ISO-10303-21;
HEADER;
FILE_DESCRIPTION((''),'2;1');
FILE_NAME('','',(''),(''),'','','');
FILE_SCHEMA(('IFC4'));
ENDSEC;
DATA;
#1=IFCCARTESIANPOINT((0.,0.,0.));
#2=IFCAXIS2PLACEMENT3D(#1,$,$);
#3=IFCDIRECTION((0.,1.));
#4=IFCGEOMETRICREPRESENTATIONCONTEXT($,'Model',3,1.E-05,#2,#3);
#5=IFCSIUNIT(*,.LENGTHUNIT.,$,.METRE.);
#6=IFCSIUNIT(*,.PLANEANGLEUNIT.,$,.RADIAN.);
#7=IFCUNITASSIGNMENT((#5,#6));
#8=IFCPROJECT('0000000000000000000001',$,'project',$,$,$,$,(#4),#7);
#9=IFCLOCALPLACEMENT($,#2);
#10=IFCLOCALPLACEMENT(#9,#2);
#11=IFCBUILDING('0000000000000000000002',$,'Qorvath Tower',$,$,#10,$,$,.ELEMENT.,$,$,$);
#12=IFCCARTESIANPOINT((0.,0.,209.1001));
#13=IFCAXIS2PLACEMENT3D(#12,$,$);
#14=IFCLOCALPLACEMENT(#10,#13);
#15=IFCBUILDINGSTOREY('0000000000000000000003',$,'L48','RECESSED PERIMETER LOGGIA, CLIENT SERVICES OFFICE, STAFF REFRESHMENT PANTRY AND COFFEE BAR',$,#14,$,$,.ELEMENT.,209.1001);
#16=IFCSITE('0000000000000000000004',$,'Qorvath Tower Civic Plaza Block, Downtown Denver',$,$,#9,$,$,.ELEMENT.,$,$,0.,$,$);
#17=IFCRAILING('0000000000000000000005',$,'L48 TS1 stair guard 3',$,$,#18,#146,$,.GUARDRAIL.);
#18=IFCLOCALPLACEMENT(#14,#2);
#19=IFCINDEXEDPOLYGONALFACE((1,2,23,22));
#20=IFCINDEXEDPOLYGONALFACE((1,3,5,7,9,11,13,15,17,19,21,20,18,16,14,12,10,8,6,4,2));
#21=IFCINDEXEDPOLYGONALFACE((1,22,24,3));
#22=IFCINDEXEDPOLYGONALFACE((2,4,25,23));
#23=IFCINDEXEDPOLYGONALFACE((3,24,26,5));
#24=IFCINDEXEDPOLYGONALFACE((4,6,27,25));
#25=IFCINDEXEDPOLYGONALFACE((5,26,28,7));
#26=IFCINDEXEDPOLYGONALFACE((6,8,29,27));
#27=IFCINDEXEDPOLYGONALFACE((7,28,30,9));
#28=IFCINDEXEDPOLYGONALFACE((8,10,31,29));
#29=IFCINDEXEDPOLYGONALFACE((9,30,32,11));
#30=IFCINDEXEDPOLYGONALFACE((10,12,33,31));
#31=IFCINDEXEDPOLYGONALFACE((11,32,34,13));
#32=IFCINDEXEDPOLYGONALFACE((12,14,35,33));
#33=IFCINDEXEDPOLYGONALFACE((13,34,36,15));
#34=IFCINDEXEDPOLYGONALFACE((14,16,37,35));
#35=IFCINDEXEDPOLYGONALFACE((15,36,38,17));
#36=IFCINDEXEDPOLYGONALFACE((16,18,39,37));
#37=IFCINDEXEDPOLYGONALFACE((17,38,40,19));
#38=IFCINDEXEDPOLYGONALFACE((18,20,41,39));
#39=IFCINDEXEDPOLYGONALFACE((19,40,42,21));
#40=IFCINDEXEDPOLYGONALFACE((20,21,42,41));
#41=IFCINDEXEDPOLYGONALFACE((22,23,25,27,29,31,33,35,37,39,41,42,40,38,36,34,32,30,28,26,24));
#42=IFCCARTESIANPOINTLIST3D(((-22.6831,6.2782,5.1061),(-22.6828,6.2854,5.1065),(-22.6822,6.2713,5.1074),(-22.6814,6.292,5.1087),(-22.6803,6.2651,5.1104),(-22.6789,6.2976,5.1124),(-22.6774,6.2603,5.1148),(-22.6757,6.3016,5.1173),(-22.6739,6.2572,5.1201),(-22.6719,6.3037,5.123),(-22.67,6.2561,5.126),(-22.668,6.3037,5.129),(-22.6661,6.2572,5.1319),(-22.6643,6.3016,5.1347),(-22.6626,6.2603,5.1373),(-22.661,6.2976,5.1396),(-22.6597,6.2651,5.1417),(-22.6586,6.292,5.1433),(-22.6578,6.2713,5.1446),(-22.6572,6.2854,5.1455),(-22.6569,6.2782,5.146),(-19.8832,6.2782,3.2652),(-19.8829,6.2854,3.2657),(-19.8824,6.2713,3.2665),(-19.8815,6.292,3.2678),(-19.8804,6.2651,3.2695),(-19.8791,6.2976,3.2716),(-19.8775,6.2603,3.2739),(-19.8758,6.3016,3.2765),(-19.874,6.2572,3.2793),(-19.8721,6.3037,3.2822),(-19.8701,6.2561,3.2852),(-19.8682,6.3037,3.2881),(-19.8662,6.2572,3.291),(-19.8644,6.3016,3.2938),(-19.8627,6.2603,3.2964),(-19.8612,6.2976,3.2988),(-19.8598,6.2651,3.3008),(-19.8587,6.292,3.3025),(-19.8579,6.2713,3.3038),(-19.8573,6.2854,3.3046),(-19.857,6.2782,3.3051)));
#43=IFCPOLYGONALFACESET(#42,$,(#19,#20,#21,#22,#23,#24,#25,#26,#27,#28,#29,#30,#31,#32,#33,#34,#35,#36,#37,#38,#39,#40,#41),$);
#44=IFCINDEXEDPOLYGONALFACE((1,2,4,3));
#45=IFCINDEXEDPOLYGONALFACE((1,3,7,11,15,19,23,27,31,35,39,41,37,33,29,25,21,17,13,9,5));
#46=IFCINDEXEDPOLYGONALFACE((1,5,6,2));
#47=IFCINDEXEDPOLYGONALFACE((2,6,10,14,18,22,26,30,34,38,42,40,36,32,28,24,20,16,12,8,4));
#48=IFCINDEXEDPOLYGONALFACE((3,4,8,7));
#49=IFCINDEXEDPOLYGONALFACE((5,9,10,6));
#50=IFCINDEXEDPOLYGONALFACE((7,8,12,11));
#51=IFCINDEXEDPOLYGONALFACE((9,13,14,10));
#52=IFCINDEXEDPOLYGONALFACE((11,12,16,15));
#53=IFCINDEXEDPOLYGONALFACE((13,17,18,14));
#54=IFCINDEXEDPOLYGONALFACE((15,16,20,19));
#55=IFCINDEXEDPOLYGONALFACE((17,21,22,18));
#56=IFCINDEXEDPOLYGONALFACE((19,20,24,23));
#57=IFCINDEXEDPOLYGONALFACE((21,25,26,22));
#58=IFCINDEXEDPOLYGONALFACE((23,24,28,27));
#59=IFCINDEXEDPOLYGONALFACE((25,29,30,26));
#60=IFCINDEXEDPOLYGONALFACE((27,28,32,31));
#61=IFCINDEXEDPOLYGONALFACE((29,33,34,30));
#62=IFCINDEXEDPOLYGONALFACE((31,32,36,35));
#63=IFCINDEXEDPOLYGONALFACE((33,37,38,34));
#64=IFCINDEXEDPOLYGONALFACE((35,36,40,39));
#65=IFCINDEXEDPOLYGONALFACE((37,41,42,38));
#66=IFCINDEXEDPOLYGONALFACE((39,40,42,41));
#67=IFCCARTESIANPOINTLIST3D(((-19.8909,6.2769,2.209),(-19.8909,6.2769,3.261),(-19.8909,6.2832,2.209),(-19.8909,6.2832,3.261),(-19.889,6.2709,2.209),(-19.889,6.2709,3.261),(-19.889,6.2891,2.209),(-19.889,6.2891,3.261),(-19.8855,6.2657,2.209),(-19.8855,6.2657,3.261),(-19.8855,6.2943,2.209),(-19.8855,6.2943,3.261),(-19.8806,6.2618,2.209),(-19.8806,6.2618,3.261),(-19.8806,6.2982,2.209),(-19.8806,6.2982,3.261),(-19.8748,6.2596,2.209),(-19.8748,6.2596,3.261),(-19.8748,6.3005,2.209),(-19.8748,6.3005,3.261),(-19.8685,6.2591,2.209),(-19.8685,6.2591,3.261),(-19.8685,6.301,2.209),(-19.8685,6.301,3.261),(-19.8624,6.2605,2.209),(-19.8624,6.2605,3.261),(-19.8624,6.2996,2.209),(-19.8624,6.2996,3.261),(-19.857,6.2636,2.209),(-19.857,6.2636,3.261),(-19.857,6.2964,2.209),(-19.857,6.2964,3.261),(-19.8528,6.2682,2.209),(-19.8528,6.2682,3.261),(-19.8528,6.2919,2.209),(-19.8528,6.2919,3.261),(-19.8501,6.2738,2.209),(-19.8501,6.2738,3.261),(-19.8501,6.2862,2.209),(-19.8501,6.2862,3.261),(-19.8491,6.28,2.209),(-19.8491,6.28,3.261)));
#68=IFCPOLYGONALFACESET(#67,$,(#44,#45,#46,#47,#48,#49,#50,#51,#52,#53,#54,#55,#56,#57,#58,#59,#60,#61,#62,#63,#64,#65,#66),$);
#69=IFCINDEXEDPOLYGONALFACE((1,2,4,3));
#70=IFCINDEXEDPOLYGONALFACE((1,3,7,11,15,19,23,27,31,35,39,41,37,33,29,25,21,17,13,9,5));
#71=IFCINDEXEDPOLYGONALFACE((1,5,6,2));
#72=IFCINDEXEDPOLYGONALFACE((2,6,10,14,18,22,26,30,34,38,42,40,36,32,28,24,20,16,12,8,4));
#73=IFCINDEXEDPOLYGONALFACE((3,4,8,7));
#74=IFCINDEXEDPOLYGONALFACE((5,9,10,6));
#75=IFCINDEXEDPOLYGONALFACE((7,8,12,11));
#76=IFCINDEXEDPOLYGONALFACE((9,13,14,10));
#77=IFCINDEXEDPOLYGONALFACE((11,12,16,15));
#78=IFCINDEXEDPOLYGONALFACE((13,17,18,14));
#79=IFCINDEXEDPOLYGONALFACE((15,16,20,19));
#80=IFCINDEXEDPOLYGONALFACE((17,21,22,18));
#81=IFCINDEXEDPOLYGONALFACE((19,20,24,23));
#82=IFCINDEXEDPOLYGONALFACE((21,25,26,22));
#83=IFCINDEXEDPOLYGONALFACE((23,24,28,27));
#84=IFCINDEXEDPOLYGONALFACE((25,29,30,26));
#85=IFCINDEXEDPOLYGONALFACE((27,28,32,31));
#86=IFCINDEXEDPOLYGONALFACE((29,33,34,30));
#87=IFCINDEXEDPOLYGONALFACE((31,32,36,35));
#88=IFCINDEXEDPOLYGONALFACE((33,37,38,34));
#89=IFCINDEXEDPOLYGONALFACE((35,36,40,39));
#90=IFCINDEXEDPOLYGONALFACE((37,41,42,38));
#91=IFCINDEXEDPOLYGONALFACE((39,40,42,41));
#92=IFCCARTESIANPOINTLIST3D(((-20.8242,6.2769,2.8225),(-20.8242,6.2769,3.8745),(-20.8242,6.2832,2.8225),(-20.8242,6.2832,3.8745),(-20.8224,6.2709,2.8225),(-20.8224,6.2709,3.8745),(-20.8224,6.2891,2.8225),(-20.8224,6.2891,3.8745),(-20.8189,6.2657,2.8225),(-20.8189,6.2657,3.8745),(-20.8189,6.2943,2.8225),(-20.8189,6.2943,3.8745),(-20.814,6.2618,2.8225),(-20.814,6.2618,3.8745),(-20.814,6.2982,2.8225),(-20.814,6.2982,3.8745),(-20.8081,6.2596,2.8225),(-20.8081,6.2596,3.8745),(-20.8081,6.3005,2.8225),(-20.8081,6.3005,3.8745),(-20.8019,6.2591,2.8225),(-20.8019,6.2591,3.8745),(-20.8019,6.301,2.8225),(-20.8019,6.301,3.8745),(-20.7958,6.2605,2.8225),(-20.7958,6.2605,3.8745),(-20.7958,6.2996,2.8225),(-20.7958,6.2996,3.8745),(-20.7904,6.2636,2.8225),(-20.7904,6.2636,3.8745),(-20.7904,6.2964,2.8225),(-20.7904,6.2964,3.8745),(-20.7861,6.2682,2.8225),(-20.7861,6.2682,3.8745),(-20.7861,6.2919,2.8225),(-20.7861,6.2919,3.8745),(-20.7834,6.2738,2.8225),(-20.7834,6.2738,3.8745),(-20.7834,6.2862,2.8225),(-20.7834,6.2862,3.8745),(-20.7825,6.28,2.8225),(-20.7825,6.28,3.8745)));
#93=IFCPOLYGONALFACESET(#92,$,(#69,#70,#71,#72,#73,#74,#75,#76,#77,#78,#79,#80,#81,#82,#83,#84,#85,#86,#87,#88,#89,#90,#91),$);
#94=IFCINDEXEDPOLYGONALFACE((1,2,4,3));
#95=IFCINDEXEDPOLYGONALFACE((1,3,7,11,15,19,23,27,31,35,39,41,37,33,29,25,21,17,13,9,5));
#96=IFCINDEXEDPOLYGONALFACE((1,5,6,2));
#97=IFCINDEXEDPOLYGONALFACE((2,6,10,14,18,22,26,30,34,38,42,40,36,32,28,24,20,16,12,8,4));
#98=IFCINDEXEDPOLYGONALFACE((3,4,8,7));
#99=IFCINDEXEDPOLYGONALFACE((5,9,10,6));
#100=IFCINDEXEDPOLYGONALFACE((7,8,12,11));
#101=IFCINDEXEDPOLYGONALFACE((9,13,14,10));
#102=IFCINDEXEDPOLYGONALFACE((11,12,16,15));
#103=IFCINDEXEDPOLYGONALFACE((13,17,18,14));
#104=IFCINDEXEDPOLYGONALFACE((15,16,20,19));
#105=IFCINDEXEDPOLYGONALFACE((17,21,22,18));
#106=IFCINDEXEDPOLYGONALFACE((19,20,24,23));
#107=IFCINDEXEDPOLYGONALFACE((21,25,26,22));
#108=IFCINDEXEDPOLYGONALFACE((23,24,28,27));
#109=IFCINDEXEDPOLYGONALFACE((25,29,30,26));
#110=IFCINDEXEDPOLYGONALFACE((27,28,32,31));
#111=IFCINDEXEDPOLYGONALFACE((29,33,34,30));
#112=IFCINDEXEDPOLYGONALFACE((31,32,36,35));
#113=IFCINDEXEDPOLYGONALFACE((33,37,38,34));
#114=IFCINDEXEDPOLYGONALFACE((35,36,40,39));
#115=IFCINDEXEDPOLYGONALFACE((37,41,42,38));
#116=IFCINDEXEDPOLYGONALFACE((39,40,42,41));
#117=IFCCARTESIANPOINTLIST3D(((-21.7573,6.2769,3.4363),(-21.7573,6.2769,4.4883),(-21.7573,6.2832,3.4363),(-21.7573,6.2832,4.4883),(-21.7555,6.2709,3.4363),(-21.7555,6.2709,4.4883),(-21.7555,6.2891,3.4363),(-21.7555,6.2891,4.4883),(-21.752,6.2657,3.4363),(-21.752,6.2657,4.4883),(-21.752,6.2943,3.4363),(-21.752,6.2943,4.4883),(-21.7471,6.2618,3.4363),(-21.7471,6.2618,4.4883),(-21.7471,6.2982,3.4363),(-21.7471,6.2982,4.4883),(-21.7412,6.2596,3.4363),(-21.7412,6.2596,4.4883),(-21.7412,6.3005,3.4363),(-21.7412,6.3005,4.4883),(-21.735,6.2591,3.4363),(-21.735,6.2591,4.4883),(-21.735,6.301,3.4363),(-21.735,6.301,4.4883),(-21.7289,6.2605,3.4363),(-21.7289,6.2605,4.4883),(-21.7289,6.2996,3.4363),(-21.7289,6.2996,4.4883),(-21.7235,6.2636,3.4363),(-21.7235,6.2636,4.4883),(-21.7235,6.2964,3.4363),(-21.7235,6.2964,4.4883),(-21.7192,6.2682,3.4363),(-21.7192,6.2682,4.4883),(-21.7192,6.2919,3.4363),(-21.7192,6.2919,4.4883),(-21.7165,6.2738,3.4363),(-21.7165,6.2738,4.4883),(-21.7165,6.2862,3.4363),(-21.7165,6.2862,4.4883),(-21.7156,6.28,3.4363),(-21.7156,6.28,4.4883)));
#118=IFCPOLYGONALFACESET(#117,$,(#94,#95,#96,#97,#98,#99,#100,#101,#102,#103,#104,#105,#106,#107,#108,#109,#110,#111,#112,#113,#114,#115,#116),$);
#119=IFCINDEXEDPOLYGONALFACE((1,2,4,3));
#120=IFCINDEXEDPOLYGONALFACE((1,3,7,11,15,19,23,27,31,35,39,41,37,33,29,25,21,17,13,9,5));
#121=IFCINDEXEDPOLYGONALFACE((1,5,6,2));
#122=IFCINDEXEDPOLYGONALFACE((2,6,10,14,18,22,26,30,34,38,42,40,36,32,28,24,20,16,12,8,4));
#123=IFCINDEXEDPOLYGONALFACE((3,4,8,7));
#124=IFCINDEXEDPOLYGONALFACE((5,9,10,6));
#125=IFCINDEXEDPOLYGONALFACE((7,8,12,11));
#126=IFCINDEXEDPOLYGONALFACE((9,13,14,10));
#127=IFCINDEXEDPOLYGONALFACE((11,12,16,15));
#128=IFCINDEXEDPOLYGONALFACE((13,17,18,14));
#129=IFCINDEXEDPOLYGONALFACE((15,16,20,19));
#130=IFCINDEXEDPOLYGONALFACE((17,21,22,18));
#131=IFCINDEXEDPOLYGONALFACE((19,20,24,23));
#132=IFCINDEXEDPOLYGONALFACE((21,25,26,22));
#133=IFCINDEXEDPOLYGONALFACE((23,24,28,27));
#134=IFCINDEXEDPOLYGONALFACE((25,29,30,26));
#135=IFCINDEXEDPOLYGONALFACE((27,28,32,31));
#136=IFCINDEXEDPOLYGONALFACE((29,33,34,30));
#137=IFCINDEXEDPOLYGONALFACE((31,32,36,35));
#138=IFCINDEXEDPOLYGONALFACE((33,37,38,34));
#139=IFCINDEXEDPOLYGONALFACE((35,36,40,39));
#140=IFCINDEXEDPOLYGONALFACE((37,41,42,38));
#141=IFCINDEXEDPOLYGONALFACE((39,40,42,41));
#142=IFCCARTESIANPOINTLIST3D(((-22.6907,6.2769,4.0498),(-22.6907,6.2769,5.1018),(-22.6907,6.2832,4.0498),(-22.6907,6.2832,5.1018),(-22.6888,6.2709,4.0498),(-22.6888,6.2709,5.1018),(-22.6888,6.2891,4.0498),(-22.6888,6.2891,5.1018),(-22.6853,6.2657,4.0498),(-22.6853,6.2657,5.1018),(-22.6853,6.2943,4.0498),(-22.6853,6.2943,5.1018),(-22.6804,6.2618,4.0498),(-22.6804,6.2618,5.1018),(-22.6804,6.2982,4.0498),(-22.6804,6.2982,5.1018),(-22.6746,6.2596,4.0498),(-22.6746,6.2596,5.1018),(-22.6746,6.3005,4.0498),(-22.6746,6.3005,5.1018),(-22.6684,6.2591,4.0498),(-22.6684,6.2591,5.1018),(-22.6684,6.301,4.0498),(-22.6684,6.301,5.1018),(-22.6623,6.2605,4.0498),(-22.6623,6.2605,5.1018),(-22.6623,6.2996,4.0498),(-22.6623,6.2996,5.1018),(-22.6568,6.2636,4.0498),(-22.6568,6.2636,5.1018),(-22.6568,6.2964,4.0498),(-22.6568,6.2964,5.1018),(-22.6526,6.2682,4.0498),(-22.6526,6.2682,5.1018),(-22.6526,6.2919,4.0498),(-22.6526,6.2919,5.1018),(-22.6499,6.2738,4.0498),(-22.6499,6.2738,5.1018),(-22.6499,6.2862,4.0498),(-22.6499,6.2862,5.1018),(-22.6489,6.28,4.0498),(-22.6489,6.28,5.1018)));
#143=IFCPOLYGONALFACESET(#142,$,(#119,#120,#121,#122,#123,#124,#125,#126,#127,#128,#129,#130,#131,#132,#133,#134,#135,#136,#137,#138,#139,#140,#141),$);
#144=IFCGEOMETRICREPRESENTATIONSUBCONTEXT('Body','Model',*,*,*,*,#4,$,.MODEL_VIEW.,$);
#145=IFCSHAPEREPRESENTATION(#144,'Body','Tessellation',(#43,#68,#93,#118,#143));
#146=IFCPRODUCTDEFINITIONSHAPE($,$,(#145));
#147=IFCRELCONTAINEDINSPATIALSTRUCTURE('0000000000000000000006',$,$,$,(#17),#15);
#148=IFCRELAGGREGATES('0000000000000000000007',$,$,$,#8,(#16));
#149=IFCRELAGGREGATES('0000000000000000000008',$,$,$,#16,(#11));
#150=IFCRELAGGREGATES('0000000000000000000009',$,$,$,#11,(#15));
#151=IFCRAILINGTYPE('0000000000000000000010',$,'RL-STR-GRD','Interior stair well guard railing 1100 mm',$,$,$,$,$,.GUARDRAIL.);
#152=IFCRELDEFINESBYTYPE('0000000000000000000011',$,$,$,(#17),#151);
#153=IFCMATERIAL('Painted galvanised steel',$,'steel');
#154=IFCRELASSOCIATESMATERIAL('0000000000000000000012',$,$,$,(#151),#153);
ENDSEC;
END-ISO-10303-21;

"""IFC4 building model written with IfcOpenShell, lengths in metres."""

from ifc_helpers import new_model, si_unit, direction, frame, origin, origin_2d, place, context, subcontext, project, spatial, circle, extrude, material, type_object, element, save


model = new_model("IFC4")

# Units and contexts
model_context = context("Model", 3, precision=1e-05, world=origin(), true_north=direction((0.0, 1.0)))
body_context = subcontext(model_context, "Body", "Model", "MODEL_VIEW")
ifc_project = project(units=[si_unit("LENGTHUNIT", "METRE"), si_unit("PLANEANGLEUNIT", "RADIAN")], contexts=[model_context])

# Site, building, storey
site_placement = place(None, origin())
site = spatial("IfcSite", under=ifc_project, at=site_placement, Name="Qorvath Tower Civic Plaza Block, Downtown Denver", CompositionType="ELEMENT", RefElevation=0.0)
building_placement = place(site_placement, origin())
building = spatial("IfcBuilding", under=site, at=building_placement, Name="Qorvath Tower", CompositionType="ELEMENT")
storey_placement = place(building_placement, frame((0.0, 0.0, 209.1001)))
storey = spatial("IfcBuildingStorey", under=building, at=storey_placement, Name="L48", Description="RECESSED PERIMETER LOGGIA, CLIENT SERVICES OFFICE, STAFF REFRESHMENT PANTRY AND COFFEE BAR", CompositionType="ELEMENT", Elevation=209.1001)

# Railing
ifc_material_1 = material(Name="Painted galvanised steel", Category="steel")
railing_type_1 = type_object("IfcRailingType", Name="RL-STR-GRD", Description="Interior stair well guard railing 1100 mm", PredefinedType="GUARDRAIL", material=ifc_material_1)
railing_1_placement = place(storey_placement, frame((-19.8701, 6.28, 2.209)))
element("IfcRailing", 1, at=railing_1_placement, inside=storey, type_object=railing_type_1, Name="L48 TS1 stair guard 3", PredefinedType="GUARDRAIL", context=body_context, shape_type="SweptSolid", body=[
    extrude(circle(Radius=0.0239, at=origin_2d()), frame((0.0, 0.0, 1.0762), z_axis=(-0.835576, 0.0, 0.549376), x_axis=(0.0, -1.0, 0.0)), (0.0, 0.0, 1.0), 3.3508),
    extrude(circle(Radius=0.021, at=origin_2d()), origin(), (0.0, 0.0, 1.0), 1.052),
    extrude(circle(Radius=0.021, at=origin_2d()), frame((-0.9333, 0.0, 0.6135)), (0.0, 0.0, 1.0), 1.052),
    extrude(circle(Radius=0.021, at=origin_2d()), frame((-1.8665, 0.0, 1.2273)), (0.0, 0.0, 1.0), 1.052),
    extrude(circle(Radius=0.021, at=origin_2d()), frame((-2.7998, 0.0, 1.8408)), (0.0, 0.0, 1.0), 1.052),
])

save(model, "model.ifc")
